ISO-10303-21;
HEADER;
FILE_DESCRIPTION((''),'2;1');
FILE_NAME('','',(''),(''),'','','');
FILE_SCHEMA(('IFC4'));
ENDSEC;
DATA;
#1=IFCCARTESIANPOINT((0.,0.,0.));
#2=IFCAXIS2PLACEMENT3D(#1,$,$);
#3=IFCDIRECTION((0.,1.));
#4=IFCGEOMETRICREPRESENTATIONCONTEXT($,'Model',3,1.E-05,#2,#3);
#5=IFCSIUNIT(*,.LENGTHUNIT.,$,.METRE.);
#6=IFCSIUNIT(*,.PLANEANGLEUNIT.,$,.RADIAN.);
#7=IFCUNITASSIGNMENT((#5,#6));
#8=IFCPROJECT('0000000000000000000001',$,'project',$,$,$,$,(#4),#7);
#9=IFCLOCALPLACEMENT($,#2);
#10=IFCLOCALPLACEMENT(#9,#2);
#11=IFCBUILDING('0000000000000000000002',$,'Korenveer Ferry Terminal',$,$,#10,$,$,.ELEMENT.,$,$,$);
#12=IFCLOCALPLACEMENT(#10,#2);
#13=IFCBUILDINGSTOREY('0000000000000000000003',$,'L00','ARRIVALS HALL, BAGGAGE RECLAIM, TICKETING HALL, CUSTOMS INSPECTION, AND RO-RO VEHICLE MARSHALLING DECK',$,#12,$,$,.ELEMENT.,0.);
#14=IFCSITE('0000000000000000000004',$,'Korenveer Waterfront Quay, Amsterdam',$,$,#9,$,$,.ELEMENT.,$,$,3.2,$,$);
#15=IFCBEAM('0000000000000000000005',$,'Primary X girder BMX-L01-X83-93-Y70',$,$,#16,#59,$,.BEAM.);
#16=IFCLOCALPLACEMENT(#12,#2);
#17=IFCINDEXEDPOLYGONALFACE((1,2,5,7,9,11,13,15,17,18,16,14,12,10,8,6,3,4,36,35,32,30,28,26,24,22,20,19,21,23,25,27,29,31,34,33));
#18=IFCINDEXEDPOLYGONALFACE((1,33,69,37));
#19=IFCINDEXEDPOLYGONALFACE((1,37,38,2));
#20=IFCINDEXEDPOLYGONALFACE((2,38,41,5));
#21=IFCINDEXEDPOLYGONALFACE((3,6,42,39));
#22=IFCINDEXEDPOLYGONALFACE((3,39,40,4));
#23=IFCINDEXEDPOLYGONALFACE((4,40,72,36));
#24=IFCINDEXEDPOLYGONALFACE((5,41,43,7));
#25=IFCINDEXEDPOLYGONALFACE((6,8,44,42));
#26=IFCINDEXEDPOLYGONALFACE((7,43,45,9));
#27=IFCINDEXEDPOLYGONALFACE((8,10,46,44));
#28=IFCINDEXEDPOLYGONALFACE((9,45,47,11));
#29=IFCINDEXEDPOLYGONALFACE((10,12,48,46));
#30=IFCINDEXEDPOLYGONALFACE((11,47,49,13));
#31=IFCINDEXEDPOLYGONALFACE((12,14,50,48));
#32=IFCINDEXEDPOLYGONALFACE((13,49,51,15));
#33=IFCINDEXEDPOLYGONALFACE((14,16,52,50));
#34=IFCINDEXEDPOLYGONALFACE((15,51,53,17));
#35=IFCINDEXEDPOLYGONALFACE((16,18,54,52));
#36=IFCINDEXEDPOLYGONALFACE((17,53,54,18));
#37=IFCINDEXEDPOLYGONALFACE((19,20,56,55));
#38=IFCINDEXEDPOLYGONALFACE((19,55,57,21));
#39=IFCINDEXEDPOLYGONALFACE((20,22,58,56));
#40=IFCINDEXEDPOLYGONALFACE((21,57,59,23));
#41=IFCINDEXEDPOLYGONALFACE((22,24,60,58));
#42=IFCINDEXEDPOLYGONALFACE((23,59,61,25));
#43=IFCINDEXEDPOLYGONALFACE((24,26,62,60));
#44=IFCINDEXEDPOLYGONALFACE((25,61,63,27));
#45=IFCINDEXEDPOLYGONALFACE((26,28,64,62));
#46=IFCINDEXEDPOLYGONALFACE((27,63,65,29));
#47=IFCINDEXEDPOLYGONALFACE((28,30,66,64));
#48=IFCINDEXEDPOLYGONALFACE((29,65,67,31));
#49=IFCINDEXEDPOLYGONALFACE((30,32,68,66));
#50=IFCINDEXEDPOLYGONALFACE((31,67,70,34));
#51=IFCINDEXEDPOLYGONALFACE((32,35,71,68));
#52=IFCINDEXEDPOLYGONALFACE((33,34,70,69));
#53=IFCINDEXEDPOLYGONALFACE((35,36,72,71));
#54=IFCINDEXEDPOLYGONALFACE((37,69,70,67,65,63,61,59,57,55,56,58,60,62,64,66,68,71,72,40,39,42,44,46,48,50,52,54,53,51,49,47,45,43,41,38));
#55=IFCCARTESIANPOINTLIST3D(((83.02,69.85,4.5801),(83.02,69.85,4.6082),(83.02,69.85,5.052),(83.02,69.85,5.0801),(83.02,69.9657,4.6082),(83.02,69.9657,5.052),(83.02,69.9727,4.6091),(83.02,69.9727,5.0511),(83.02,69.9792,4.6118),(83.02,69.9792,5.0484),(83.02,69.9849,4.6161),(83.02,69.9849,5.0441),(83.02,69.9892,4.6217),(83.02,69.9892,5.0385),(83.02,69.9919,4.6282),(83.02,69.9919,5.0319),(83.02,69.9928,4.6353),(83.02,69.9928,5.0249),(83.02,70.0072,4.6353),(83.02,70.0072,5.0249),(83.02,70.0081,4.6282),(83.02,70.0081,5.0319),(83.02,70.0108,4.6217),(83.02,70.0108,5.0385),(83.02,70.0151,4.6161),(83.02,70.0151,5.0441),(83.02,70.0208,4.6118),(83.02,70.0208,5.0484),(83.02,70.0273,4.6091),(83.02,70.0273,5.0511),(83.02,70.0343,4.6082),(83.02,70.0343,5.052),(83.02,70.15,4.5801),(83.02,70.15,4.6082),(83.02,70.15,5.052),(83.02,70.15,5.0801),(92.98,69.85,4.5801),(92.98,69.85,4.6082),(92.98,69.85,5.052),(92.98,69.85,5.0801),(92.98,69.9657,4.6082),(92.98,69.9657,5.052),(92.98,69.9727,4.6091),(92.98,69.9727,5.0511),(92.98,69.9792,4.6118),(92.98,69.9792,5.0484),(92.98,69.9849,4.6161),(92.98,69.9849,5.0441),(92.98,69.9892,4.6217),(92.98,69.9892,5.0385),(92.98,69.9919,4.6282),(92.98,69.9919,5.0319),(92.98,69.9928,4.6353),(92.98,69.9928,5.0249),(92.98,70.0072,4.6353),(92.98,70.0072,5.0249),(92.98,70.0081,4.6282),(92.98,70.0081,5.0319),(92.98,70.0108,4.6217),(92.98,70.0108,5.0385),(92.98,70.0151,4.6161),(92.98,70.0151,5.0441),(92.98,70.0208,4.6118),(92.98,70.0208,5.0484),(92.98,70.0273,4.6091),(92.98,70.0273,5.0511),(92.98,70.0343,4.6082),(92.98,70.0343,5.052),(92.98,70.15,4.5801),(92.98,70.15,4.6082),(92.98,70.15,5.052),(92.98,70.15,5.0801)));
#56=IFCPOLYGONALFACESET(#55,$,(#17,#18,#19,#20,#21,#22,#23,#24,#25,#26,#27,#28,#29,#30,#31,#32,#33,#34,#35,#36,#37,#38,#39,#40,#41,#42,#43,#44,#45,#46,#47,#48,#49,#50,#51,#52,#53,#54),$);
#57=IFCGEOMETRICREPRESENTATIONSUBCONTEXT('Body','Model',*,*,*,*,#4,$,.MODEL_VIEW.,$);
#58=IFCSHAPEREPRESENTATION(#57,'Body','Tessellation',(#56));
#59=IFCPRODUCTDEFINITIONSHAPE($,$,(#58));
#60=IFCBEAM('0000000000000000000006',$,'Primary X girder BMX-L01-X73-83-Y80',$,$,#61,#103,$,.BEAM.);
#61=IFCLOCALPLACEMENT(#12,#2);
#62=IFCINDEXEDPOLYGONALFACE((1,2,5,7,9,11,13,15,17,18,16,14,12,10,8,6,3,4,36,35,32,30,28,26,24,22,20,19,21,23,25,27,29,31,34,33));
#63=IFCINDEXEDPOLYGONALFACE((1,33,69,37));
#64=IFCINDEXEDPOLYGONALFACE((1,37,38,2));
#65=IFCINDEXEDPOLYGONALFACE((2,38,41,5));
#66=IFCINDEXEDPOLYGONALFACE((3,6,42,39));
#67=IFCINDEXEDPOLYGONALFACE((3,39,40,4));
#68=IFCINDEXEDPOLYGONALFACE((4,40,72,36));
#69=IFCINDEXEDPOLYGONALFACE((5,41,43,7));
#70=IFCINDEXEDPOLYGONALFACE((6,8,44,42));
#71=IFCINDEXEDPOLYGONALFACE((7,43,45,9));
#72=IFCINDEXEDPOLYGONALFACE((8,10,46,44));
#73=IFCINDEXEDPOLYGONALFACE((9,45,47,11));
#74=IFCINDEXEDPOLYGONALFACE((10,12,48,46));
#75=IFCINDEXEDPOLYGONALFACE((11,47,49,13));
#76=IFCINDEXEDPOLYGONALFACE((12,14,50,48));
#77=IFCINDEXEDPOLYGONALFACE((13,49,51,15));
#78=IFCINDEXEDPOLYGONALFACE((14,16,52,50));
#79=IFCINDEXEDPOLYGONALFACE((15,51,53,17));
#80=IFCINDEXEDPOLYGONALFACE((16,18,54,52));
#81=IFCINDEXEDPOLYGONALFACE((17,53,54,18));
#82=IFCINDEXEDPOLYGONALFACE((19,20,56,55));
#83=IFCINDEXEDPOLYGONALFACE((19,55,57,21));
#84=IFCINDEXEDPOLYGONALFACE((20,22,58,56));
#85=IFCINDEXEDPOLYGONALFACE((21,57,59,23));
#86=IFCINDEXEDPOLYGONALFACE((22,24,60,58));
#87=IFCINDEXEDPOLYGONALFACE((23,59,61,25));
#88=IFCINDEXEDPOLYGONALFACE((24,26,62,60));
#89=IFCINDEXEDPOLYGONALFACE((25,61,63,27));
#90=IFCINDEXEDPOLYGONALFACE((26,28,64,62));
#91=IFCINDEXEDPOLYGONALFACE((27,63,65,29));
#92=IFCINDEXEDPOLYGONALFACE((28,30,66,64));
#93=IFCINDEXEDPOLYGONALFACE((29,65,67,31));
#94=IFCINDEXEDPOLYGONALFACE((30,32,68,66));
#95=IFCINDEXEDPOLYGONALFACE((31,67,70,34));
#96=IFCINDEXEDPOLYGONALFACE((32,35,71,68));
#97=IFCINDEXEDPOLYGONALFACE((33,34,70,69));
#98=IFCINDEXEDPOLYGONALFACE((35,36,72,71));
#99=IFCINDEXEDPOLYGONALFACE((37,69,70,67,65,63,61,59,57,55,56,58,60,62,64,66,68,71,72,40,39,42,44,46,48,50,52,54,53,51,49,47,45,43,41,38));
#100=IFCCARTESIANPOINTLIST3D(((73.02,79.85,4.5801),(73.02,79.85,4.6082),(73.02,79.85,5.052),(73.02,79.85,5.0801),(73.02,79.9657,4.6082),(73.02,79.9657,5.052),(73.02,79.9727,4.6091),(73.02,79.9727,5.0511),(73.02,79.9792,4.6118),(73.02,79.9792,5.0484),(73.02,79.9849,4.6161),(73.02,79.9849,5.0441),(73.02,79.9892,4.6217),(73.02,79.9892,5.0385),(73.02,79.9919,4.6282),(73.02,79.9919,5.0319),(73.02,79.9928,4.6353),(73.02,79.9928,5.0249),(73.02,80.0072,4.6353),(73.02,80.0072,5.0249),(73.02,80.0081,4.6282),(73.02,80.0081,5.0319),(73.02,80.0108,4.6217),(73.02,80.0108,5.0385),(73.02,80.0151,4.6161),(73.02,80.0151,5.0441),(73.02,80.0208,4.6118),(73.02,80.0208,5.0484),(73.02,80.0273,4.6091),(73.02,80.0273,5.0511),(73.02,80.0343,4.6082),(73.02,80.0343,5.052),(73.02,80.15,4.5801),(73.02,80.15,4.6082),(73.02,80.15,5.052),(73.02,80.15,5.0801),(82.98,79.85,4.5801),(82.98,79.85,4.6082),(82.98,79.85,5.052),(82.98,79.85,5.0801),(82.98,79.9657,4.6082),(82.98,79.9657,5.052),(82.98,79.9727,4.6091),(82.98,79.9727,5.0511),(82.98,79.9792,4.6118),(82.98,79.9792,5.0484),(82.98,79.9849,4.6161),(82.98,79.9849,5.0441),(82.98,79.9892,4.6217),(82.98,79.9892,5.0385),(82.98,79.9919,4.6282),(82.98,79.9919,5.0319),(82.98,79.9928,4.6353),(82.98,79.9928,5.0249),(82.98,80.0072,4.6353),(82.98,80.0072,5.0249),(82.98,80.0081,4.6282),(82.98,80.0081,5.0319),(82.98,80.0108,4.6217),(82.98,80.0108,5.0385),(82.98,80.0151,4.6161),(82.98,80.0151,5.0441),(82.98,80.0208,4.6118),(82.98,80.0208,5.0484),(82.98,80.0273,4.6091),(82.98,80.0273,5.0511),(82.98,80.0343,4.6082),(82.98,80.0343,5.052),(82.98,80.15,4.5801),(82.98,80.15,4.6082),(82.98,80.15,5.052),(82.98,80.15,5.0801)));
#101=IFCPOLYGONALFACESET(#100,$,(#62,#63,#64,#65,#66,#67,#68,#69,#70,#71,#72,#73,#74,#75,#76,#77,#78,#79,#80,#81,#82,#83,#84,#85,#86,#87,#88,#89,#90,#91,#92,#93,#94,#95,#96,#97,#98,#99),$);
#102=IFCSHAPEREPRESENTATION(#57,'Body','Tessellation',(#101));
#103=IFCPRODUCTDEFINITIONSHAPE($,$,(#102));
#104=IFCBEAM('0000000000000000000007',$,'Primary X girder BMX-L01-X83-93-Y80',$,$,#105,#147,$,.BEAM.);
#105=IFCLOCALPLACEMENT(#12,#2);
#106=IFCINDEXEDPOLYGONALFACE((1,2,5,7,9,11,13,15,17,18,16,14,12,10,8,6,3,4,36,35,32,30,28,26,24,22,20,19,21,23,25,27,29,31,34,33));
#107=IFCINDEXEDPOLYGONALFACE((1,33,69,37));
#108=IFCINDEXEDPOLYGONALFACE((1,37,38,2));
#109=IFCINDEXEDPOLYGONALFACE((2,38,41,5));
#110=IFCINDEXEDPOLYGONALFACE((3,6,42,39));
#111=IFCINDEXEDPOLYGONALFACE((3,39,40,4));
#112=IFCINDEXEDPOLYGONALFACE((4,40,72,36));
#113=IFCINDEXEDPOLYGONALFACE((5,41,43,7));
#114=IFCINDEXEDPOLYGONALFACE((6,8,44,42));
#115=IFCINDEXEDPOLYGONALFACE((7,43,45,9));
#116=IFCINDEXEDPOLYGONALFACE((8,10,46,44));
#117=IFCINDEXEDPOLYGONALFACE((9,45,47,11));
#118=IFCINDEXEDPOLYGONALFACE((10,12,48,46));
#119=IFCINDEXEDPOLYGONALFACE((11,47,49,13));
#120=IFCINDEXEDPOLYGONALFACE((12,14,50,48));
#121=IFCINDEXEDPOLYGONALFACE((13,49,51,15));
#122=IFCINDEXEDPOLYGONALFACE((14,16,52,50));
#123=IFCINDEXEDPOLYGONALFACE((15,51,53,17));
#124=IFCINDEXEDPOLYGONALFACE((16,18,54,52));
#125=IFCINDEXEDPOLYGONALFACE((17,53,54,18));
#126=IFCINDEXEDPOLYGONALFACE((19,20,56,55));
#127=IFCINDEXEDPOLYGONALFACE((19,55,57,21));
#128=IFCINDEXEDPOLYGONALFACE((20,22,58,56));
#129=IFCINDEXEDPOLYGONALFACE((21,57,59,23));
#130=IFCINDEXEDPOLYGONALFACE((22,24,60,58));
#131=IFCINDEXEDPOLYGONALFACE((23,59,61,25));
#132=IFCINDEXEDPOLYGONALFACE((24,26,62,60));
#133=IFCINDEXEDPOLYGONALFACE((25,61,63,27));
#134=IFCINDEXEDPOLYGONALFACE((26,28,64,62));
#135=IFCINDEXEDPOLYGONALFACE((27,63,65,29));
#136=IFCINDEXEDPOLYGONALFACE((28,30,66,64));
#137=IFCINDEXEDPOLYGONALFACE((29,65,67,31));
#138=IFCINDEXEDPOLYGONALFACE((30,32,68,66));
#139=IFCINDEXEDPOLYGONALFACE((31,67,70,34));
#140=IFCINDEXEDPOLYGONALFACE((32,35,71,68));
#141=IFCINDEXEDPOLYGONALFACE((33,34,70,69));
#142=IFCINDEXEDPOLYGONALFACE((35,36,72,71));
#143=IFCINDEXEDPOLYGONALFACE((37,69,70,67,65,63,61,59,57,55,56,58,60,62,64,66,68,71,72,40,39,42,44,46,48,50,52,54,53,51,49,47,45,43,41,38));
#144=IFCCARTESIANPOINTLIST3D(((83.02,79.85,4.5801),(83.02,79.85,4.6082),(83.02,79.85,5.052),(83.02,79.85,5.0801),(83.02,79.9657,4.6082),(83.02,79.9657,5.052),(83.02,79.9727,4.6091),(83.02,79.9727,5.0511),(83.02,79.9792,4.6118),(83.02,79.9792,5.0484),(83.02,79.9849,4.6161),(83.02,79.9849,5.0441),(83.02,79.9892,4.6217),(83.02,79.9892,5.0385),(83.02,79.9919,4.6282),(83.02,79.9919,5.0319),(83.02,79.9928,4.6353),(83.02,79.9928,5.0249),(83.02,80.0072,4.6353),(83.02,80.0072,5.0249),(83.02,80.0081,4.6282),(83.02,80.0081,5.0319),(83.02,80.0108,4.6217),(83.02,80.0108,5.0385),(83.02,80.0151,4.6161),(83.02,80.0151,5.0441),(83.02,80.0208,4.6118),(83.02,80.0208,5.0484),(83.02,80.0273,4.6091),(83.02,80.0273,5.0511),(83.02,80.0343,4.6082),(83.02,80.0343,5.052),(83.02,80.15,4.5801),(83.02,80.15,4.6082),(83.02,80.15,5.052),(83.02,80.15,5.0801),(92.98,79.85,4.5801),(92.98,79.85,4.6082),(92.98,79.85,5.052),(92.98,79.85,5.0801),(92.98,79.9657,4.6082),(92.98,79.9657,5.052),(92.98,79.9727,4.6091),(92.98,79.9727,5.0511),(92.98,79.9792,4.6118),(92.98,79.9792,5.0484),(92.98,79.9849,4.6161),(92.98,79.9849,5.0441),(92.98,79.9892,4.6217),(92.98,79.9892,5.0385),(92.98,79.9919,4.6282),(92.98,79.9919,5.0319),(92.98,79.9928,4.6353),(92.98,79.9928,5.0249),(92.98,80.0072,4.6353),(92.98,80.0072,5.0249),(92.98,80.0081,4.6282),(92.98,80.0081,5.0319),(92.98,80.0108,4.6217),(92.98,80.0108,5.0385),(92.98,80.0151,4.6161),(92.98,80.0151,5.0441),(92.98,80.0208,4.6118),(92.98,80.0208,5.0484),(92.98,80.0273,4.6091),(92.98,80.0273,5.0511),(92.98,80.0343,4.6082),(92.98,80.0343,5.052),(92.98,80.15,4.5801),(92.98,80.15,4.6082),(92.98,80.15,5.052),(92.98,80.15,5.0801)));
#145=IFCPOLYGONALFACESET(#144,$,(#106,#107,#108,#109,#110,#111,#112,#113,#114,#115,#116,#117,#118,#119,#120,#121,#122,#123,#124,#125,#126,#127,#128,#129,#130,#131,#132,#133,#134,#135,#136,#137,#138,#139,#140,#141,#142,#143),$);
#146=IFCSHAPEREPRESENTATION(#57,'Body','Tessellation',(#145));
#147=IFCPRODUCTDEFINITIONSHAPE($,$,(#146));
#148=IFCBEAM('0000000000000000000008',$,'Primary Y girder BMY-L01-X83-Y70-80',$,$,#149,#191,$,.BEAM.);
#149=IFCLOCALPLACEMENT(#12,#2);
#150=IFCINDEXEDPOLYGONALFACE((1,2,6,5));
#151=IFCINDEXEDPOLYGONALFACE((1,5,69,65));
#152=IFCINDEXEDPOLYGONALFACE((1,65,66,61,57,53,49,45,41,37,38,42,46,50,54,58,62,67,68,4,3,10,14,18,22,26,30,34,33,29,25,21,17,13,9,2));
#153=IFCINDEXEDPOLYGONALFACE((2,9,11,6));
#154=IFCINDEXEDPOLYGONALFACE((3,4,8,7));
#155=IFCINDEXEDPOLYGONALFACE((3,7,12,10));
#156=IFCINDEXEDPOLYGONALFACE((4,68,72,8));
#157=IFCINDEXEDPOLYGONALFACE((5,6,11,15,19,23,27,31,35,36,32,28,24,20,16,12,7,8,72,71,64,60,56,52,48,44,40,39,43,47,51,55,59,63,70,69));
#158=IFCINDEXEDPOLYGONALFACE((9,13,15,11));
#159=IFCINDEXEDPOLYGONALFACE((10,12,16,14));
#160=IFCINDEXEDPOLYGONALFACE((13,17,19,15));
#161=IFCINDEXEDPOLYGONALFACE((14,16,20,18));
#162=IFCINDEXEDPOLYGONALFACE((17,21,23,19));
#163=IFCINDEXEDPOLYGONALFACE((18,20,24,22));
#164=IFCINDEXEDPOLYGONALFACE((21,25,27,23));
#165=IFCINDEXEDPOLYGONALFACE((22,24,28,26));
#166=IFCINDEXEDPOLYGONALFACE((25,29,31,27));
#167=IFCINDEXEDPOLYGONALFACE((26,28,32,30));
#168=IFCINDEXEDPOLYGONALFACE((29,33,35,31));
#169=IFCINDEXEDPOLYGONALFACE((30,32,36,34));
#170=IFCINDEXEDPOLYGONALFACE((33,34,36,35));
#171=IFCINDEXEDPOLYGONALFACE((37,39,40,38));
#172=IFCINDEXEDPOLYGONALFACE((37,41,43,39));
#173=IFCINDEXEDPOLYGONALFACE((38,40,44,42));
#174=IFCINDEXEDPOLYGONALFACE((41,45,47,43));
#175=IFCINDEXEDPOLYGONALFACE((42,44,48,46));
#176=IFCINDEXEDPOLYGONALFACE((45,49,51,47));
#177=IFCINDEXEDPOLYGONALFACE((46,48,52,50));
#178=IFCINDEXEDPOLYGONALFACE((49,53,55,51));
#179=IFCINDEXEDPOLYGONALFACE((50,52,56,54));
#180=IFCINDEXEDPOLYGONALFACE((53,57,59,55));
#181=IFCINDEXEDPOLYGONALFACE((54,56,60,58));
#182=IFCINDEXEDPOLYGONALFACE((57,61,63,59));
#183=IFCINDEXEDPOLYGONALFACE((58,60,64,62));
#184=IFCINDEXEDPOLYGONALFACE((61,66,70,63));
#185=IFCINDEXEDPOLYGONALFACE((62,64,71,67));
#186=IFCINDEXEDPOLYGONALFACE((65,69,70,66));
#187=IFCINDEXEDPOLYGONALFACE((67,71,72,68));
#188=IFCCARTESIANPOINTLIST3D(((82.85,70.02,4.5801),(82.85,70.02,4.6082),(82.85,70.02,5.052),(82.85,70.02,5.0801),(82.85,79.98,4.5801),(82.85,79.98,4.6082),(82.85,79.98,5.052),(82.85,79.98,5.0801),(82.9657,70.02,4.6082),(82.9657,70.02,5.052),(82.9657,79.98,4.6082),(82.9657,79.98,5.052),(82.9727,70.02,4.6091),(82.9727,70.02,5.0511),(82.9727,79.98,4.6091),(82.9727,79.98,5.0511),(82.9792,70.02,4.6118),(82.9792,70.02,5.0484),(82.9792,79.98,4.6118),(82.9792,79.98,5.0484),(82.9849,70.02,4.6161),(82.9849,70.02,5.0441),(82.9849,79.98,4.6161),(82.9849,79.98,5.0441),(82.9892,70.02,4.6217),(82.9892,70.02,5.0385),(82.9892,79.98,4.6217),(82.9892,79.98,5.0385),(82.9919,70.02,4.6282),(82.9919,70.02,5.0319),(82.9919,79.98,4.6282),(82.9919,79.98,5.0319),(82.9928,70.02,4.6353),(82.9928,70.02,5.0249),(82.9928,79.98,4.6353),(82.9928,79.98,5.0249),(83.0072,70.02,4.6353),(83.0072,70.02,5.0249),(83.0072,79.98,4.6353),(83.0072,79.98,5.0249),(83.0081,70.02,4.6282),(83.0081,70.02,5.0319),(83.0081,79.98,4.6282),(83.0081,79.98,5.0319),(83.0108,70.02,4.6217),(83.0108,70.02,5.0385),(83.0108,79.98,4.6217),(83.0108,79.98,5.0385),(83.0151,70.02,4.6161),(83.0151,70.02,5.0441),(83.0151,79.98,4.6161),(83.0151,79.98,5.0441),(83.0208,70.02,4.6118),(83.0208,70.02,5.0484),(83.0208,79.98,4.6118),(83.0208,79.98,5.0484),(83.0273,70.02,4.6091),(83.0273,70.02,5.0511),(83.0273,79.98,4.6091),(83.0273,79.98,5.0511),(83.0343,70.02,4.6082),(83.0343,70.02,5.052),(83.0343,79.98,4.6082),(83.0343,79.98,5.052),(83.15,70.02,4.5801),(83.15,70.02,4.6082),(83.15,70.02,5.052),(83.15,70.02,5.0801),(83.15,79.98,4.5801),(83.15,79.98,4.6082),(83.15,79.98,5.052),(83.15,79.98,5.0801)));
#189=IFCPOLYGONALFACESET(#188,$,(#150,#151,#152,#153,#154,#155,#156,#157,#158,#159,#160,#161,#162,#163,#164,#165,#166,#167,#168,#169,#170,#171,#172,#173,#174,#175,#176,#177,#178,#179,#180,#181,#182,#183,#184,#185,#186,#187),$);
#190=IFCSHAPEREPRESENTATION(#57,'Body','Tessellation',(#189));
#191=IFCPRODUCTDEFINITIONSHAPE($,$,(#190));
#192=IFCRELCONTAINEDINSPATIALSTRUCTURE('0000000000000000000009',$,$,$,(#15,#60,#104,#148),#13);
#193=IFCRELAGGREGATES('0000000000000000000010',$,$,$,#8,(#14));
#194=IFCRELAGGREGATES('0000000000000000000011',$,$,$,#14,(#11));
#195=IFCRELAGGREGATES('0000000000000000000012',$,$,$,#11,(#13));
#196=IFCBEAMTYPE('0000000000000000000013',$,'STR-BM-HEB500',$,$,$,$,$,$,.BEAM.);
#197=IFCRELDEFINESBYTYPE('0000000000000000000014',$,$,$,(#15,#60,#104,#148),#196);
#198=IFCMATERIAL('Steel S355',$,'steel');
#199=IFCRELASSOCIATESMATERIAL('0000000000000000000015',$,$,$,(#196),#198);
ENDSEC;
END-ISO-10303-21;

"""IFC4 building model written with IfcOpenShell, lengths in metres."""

from ifc_helpers import new_model, si_unit, direction, frame, origin, origin_2d, place, context, subcontext, project, spatial, i_section, extrude, material, material_profile, profile_set, type_object, element, save


model = new_model("IFC4")

# Units and contexts
model_context = context("Model", 3, precision=1e-05, world=origin(), true_north=direction((0.0, 1.0)))
body_context = subcontext(model_context, "Body", "Model", "MODEL_VIEW")
ifc_project = project(units=[si_unit("LENGTHUNIT", "METRE"), si_unit("PLANEANGLEUNIT", "RADIAN")], contexts=[model_context])

# Site, building, storey
site_placement = place(None, origin())
site = spatial("IfcSite", under=ifc_project, at=site_placement, Name="Korenveer Waterfront Quay, Amsterdam", CompositionType="ELEMENT", RefElevation=3.2)
building_placement = place(site_placement, origin())
building = spatial("IfcBuilding", under=site, at=building_placement, Name="Korenveer Ferry Terminal", CompositionType="ELEMENT")
storey_placement = place(building_placement, origin())
storey = spatial("IfcBuildingStorey", under=building, at=storey_placement, Name="L00", Description="ARRIVALS HALL, BAGGAGE RECLAIM, TICKETING HALL, CUSTOMS INSPECTION, AND RO-RO VEHICLE MARSHALLING DECK", CompositionType="ELEMENT", Elevation=0.0)

# Shared definitions
ifc_material_1 = material(Name="Steel S355", Category="steel")

# Beams
ifc_material_profile_1 = material_profile(ifc_material_1, i_section(OverallWidth=0.3, OverallDepth=0.5, WebThickness=0.0144, FlangeThickness=0.0281, FilletRadius=0.0271, at=origin_2d()), Name="HEB 500")
ifc_profile_set_1 = profile_set([ifc_material_profile_1], Name="Steel S355")
beam_type_1 = type_object("IfcBeamType", Name="STR-BM-HEB500", PredefinedType="BEAM", material=ifc_profile_set_1)
for number, where, z_axis, x_axis, name in (
    (1, (83.02, 70.0, 4.8301), (1.0, 0.0, 0.0), (0.0, 1.0, 0.0), "Primary X girder BMX-L01-X83-93-Y70"),
    (2, (73.02, 80.0, 4.8301), (1.0, 0.0, 0.0), (0.0, 1.0, 0.0), "Primary X girder BMX-L01-X73-83-Y80"),
    (3, (83.02, 80.0, 4.8301), (1.0, 0.0, 0.0), (0.0, 1.0, 0.0), "Primary X girder BMX-L01-X83-93-Y80"),
    (4, (83.0, 70.02, 4.8301), (0.0, 1.0, 0.0), (-1.0, 0.0, 0.0), "Primary Y girder BMY-L01-X83-Y70-80"),
):
    element("IfcBeam", number, at=place(storey_placement, frame(where, z_axis=z_axis, x_axis=x_axis)), inside=storey, type_object=beam_type_1, Name=name, PredefinedType="BEAM", context=body_context, shape_type="SweptSolid", body=[
        extrude(i_section(OverallWidth=0.3, OverallDepth=0.5, WebThickness=0.0144, FlangeThickness=0.0281, FilletRadius=0.0271, at=origin_2d()), origin(), (0.0, 0.0, 1.0), 9.96),
    ])

save(model, "model.ifc")
